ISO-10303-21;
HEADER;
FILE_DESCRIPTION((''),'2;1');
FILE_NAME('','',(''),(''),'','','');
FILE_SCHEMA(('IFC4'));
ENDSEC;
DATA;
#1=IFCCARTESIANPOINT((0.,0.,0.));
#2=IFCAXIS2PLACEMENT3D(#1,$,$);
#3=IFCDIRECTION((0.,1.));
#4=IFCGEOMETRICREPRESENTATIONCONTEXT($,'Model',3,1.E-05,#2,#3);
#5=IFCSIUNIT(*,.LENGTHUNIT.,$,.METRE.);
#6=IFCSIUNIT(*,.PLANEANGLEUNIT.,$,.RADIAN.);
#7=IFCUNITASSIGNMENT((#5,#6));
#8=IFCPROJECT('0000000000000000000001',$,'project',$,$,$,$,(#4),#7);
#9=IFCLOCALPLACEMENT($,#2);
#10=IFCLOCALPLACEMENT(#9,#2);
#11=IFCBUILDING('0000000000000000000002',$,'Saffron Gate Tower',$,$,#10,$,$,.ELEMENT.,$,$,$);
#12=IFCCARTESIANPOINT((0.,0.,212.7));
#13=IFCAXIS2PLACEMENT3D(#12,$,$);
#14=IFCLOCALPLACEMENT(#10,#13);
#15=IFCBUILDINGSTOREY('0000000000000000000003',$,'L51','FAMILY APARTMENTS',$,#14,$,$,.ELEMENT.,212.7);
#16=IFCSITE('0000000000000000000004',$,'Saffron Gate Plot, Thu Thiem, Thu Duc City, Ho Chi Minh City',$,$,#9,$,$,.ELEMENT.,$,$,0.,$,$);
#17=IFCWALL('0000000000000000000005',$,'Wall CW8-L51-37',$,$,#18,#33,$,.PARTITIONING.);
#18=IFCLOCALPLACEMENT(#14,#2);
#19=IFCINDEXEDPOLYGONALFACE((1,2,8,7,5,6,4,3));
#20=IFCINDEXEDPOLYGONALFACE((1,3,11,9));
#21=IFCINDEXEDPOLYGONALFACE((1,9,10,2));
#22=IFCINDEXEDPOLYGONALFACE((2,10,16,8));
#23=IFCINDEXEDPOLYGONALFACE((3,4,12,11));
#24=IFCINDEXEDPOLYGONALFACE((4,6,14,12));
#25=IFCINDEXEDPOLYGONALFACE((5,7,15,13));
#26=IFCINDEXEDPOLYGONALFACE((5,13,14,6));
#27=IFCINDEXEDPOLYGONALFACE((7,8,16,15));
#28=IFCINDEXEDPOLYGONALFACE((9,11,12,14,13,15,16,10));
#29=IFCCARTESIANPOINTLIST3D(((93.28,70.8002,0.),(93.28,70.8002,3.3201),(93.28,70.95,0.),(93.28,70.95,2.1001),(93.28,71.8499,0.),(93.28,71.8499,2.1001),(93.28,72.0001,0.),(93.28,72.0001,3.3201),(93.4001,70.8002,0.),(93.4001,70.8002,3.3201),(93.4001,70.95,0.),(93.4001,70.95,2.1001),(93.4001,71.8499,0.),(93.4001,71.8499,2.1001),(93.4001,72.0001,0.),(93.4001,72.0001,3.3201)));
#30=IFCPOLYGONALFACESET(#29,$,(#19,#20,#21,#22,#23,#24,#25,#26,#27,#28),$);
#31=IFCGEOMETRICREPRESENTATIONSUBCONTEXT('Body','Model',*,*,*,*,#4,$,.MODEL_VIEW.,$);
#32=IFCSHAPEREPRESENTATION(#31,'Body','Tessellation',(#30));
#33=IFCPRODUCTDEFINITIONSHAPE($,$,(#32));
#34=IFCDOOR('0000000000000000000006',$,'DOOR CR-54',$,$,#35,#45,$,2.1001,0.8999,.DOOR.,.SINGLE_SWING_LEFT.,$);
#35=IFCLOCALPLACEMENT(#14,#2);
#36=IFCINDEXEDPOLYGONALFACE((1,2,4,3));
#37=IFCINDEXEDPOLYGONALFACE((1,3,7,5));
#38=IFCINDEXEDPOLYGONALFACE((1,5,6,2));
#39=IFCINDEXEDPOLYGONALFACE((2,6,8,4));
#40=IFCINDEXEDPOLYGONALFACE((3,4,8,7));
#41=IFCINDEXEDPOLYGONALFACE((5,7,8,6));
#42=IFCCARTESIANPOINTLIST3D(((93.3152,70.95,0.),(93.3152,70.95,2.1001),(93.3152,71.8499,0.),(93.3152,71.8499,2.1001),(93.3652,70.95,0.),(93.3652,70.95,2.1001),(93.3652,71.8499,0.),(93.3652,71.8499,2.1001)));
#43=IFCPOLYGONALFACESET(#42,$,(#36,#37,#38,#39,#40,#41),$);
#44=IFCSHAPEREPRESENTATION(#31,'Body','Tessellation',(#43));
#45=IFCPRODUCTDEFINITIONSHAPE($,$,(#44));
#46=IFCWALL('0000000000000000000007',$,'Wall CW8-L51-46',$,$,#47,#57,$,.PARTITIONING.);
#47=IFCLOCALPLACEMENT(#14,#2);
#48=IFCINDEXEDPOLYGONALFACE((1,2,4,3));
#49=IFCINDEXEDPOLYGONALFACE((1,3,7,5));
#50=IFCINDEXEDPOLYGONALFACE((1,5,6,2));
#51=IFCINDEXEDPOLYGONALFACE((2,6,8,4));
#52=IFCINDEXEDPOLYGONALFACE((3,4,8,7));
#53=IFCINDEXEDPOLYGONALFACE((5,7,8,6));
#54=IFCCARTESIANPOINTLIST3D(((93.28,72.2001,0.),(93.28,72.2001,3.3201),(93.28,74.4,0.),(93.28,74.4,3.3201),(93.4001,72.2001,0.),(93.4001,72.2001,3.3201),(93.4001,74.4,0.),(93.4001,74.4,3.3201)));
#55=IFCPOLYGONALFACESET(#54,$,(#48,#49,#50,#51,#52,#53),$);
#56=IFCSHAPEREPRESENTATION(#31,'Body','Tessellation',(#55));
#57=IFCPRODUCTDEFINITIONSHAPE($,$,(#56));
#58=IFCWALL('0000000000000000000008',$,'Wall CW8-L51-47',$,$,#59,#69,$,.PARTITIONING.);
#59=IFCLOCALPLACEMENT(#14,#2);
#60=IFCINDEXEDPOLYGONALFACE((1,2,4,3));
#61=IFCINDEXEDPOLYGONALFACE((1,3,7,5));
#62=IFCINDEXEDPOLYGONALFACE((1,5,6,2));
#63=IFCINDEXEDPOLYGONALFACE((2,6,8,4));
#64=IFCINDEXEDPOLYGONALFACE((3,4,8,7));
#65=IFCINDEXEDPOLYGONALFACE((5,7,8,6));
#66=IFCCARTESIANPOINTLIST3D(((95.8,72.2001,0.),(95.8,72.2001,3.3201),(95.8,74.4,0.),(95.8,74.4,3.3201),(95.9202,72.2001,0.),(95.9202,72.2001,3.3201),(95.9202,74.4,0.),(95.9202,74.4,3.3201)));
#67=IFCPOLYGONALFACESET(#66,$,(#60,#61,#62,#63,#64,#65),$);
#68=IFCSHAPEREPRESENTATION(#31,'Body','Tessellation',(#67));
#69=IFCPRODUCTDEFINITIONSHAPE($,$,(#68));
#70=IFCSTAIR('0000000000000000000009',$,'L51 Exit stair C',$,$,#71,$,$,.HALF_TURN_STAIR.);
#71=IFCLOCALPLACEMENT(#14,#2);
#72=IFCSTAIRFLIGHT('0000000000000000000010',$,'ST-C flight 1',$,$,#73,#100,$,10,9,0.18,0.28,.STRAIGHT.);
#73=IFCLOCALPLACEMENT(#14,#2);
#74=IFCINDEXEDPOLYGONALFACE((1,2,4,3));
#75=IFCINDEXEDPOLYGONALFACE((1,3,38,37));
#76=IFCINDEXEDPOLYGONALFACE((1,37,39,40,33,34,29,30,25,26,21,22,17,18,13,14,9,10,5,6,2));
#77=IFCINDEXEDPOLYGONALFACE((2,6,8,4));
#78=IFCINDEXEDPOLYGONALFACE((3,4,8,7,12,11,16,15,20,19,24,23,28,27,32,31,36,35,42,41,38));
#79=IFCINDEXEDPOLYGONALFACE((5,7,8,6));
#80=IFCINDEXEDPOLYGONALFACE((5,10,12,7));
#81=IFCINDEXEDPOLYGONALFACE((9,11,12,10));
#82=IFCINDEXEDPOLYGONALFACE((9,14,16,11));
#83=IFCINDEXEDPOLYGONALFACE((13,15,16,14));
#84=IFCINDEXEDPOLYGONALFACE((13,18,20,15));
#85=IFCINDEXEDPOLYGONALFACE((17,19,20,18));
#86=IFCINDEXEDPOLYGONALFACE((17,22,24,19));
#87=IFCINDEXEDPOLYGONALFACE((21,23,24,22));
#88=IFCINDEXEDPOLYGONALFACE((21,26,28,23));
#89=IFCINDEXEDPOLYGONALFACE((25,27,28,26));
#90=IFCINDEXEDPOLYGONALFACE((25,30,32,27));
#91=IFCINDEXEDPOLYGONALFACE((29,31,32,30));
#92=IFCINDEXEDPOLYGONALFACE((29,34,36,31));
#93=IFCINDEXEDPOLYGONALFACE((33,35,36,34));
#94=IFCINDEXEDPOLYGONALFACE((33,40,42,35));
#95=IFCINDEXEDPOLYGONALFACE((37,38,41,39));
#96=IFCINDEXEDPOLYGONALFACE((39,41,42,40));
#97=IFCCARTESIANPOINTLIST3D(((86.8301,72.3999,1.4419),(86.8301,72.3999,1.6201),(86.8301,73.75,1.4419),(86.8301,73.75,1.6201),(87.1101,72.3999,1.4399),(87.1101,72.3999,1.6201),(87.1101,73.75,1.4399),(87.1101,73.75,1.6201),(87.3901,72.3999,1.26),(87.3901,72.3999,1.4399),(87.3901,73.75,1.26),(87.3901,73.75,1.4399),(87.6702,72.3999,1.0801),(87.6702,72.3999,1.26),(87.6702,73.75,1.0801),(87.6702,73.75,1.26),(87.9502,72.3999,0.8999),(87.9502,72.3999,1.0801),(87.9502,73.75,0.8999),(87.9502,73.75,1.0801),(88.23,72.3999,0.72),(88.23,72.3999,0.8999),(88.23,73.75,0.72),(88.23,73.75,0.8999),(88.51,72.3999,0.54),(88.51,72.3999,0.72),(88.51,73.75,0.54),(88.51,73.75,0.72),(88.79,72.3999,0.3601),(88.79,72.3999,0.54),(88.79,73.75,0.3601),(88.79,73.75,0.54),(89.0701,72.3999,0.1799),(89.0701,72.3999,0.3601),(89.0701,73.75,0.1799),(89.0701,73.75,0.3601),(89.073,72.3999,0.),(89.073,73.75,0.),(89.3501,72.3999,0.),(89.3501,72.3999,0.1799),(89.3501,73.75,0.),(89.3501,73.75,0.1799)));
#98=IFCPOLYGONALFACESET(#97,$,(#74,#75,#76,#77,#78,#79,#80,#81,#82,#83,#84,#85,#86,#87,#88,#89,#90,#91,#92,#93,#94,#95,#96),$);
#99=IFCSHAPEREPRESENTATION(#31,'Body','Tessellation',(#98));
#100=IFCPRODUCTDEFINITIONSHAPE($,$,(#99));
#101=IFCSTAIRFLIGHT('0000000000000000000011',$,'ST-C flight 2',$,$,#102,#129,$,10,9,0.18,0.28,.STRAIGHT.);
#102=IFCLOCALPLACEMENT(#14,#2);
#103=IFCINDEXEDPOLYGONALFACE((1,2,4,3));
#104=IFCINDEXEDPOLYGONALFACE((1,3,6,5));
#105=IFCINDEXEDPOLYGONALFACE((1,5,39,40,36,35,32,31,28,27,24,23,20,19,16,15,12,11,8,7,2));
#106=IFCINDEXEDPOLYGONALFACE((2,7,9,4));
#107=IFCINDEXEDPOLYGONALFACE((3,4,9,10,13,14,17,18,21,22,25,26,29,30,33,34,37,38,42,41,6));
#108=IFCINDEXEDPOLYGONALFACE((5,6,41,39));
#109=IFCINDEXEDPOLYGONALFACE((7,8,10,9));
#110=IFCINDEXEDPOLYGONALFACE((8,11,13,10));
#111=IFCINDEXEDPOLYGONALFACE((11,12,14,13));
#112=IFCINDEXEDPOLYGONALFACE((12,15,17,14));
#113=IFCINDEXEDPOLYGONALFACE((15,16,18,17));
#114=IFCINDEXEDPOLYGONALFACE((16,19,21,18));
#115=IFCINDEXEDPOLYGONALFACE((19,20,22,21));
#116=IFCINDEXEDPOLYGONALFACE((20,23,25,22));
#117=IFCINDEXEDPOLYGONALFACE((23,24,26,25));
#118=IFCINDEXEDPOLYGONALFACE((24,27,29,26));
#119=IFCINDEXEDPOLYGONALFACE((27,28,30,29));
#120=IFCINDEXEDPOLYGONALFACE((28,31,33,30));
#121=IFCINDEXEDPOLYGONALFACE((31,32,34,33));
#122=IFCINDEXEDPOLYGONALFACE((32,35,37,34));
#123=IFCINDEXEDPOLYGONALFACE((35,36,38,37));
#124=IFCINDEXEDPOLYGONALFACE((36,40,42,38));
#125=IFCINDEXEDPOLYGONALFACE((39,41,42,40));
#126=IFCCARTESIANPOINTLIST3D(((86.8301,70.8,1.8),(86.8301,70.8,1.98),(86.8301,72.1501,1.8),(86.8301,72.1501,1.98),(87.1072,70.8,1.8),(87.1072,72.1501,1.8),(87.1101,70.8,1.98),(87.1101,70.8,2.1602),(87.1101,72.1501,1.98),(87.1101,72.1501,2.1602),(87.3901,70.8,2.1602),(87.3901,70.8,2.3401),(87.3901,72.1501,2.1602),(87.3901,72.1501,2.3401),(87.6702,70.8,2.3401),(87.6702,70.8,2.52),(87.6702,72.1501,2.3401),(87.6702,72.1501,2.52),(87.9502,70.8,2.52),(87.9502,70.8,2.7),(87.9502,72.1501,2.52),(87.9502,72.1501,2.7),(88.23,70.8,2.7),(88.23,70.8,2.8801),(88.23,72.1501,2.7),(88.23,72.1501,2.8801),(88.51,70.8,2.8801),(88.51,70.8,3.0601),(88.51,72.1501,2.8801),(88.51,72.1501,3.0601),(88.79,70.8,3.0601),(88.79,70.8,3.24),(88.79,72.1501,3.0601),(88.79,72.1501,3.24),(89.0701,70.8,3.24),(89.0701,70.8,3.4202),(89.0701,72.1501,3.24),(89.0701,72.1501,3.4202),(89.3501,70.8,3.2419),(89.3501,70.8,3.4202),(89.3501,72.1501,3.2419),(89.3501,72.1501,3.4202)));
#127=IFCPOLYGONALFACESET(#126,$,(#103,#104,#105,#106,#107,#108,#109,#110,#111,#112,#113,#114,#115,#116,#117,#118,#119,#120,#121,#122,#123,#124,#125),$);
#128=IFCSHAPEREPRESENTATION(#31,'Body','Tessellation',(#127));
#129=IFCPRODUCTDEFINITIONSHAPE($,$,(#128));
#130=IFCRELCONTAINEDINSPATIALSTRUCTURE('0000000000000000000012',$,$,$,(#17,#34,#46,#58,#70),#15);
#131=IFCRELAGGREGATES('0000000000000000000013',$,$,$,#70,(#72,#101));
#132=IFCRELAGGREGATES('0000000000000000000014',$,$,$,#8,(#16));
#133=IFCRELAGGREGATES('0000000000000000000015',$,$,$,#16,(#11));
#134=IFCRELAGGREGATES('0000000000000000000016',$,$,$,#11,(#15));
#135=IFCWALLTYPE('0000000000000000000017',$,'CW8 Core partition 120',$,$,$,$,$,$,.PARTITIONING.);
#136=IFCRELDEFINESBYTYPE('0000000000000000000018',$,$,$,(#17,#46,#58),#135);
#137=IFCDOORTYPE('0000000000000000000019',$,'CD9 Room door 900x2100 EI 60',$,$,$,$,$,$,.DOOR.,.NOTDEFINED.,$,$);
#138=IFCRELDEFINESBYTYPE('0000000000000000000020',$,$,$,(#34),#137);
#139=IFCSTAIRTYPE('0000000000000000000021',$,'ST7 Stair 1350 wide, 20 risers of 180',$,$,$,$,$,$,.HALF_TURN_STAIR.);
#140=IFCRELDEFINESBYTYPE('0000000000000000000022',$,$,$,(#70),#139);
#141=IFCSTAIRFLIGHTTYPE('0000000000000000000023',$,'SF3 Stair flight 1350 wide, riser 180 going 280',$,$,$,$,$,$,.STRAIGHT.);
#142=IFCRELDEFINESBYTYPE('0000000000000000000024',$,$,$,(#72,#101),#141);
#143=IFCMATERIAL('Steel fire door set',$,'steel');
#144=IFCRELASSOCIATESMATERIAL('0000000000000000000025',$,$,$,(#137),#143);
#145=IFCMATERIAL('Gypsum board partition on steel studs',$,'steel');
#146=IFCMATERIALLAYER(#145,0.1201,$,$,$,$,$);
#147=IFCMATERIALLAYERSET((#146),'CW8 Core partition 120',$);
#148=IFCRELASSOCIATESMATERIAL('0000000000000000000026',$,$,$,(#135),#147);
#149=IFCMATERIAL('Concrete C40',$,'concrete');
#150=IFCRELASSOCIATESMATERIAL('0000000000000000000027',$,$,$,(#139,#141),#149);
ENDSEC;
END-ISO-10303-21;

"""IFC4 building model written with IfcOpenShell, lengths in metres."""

from ifc_helpers import new_model, si_unit, direction, frame, frame_2d, origin, place, context, subcontext, project, spatial, polyline, rectangle, outline, extrude, material, layer, layer_set, type_object, element, fill, aggregate, save


model = new_model("IFC4")

# Units and contexts
model_context = context("Model", 3, precision=1e-05, world=origin(), true_north=direction((0.0, 1.0)))
body_context = subcontext(model_context, "Body", "Model", "MODEL_VIEW")
ifc_project = project(units=[si_unit("LENGTHUNIT", "METRE"), si_unit("PLANEANGLEUNIT", "RADIAN")], contexts=[model_context])

# Site, building, storey
site_placement = place(None, origin())
site = spatial("IfcSite", under=ifc_project, at=site_placement, Name="Saffron Gate Plot, Thu Thiem, Thu Duc City, Ho Chi Minh City", CompositionType="ELEMENT", RefElevation=0.0)
building_placement = place(site_placement, origin())
building = spatial("IfcBuilding", under=site, at=building_placement, Name="Saffron Gate Tower", CompositionType="ELEMENT")
storey_placement = place(building_placement, frame((0.0, 0.0, 212.7)))
storey = spatial("IfcBuildingStorey", under=building, at=storey_placement, Name="L51", Description="FAMILY APARTMENTS", CompositionType="ELEMENT", Elevation=212.7)

# Shared definitions
ifc_material_1 = material(Name="Steel fire door set", Category="steel")
door_type_1 = type_object("IfcDoorType", Name="CD9 Room door 900x2100 EI 60", OperationType="NOTDEFINED", PredefinedType="DOOR", material=ifc_material_1)

# Wall, opening, door
ifc_material_2 = material(Name="Gypsum board partition on steel studs", Category="steel")
ifc_layer_1 = layer(ifc_material_2, 0.1201)
ifc_layer_set_1 = layer_set([ifc_layer_1], Name="CW8 Core partition 120")
wall_type_1 = type_object("IfcWallType", Name="CW8 Core partition 120", PredefinedType="PARTITIONING", material=ifc_layer_set_1)
wall_1_placement = place(storey_placement, frame((93.3401, 70.8, 0.0), z_axis=(0.0, 0.0, 1.0), x_axis=(0.0, 1.0, 0.0)))
wall_1 = element("IfcWall", 1, at=wall_1_placement, inside=storey, type_object=wall_type_1, Name="Wall CW8-L51-37", PredefinedType="PARTITIONING", context=body_context, shape_type="SweptSolid", body=[
    extrude(rectangle(XDim=1.2, YDim=0.1201, at=frame_2d((0.6001, 0.0))), origin(), (0.0, 0.0, 1.0), 3.3201),
])
opening_1_placement = place(wall_1_placement, frame((0.1499, 0.0, 0.0)))
opening_1 = element("IfcOpeningElement", 2, at=opening_1_placement, cuts=wall_1, PredefinedType="OPENING", context=body_context, shape_type="SweptSolid", body=[
    extrude(rectangle(XDim=0.8999, YDim=2.1001, at=frame_2d((0.45, 1.05))), frame((0.0, 0.0701, 0.0), z_axis=(0.0, -1.0, 0.0), x_axis=(1.0, 0.0, 0.0)), (0.0, 0.0, 1.0), 0.1401),
])
door_1_placement = place(opening_1_placement, origin())
door_1 = element("IfcDoor", 3, at=door_1_placement, inside=storey, type_object=door_type_1, Name="DOOR CR-54", OperationType="SINGLE_SWING_LEFT", OverallHeight=2.1001, OverallWidth=0.8999, PredefinedType="DOOR", context=body_context, shape_type="SweptSolid", body=[
    extrude(rectangle(XDim=0.8999, YDim=2.1001, at=frame_2d((0.45, 1.05))), frame((0.0, 0.0249, 0.0), z_axis=(0.0, -1.0, 0.0), x_axis=(1.0, 0.0, 0.0)), (0.0, 0.0, 1.0), 0.05),
])
fill(opening_1, door_1)

# Walls
for number, where, z_axis, x_axis, name in (
    (4, (93.3401, 72.2, 0.0), (0.0, 0.0, 1.0), (0.0, 1.0, 0.0), "Wall CW8-L51-46"),
    (5, (95.8601, 72.2, 0.0), (0.0, 0.0, 1.0), (0.0, 1.0, 0.0), "Wall CW8-L51-47"),
):
    element("IfcWall", number, at=place(storey_placement, frame(where, z_axis=z_axis, x_axis=x_axis)), inside=storey, type_object=wall_type_1, Name=name, PredefinedType="PARTITIONING", context=body_context, shape_type="SweptSolid", body=[
        extrude(rectangle(XDim=2.2, YDim=0.1201, at=frame_2d((1.1001, 0.0))), origin(), (0.0, 0.0, 1.0), 3.3201),
    ])

# Stair, stair flights
ifc_material_3 = material(Name="Concrete C40", Category="concrete")
stair_type = type_object("IfcStairType", Name="ST7 Stair 1350 wide, 20 risers of 180", PredefinedType="HALF_TURN_STAIR", material=ifc_material_3)
stair_placement = place(storey_placement, origin())
stair = element("IfcStair", 6, at=stair_placement, inside=storey, type_object=stair_type, Name="L51 Exit stair C", PredefinedType="HALF_TURN_STAIR")
stair_flight_type = type_object("IfcStairFlightType", Name="SF3 Stair flight 1350 wide, riser 180 going 280", PredefinedType="STRAIGHT", material=ifc_material_3)
stair_flight_1_placement = place(storey_placement, frame((89.3501, 73.075, 0.0), z_axis=(0.0, 0.0, 1.0), x_axis=(-1.0, 0.0, 0.0)))
stair_flight_1 = element("IfcStairFlight", 7, at=stair_flight_1_placement, type_object=stair_flight_type, Name="ST-C flight 1", NumberOfRisers=10, NumberOfTreads=9, PredefinedType="STRAIGHT", RiserHeight=0.18, TreadLength=0.28, context=body_context, shape_type="SweptSolid", body=[
    extrude(outline(polyline([(0.0, 0.0), (0.0, 0.1799), (0.28, 0.1799), (0.28, 0.3601), (0.5601, 0.3601), (0.5601, 0.54), (0.8401, 0.54), (0.8401, 0.72), (1.1201, 0.72), (1.1201, 0.8999), (1.3999, 0.8999), (1.3999, 1.0801), (1.6799, 1.0801), (1.6799, 1.26), (1.96, 1.26), (1.96, 1.4399), (2.24, 1.4399), (2.24, 1.6201), (2.52, 1.6201), (2.52, 1.8), (2.52, 1.4419), (0.2771, 0.0), (0.0, 0.0)])), frame((0.0, 0.675, 0.0), z_axis=(0.0, -1.0, 0.0), x_axis=(1.0, 0.0, 0.0)), (0.0, 0.0, 1.0), 1.3501),
])
stair_flight_2_placement = place(storey_placement, frame((86.8301, 71.4751, 1.8), z_axis=(0.0, 0.0, 1.0), x_axis=(1.0, 0.0, 0.0)))
stair_flight_2 = element("IfcStairFlight", 8, at=stair_flight_2_placement, type_object=stair_flight_type, Name="ST-C flight 2", NumberOfRisers=10, NumberOfTreads=9, PredefinedType="STRAIGHT", RiserHeight=0.18, TreadLength=0.28, context=body_context, shape_type="SweptSolid", body=[
    extrude(outline(polyline([(0.0, 0.0), (0.0, 0.1799), (0.28, 0.1799), (0.28, 0.3601), (0.5601, 0.3601), (0.5601, 0.54), (0.8401, 0.54), (0.8401, 0.72), (1.1201, 0.72), (1.1201, 0.8999), (1.3999, 0.8999), (1.3999, 1.0801), (1.6799, 1.0801), (1.6799, 1.26), (1.96, 1.26), (1.96, 1.4399), (2.24, 1.4399), (2.24, 1.6201), (2.52, 1.6201), (2.52, 1.8), (2.52, 1.4419), (0.2771, 0.0), (0.0, 0.0)])), frame((0.0, 0.675, 0.0), z_axis=(0.0, -1.0, 0.0), x_axis=(1.0, 0.0, 0.0)), (0.0, 0.0, 1.0), 1.3501),
])
aggregate(stair, [stair_flight_1, stair_flight_2])

save(model, "model.ifc")
